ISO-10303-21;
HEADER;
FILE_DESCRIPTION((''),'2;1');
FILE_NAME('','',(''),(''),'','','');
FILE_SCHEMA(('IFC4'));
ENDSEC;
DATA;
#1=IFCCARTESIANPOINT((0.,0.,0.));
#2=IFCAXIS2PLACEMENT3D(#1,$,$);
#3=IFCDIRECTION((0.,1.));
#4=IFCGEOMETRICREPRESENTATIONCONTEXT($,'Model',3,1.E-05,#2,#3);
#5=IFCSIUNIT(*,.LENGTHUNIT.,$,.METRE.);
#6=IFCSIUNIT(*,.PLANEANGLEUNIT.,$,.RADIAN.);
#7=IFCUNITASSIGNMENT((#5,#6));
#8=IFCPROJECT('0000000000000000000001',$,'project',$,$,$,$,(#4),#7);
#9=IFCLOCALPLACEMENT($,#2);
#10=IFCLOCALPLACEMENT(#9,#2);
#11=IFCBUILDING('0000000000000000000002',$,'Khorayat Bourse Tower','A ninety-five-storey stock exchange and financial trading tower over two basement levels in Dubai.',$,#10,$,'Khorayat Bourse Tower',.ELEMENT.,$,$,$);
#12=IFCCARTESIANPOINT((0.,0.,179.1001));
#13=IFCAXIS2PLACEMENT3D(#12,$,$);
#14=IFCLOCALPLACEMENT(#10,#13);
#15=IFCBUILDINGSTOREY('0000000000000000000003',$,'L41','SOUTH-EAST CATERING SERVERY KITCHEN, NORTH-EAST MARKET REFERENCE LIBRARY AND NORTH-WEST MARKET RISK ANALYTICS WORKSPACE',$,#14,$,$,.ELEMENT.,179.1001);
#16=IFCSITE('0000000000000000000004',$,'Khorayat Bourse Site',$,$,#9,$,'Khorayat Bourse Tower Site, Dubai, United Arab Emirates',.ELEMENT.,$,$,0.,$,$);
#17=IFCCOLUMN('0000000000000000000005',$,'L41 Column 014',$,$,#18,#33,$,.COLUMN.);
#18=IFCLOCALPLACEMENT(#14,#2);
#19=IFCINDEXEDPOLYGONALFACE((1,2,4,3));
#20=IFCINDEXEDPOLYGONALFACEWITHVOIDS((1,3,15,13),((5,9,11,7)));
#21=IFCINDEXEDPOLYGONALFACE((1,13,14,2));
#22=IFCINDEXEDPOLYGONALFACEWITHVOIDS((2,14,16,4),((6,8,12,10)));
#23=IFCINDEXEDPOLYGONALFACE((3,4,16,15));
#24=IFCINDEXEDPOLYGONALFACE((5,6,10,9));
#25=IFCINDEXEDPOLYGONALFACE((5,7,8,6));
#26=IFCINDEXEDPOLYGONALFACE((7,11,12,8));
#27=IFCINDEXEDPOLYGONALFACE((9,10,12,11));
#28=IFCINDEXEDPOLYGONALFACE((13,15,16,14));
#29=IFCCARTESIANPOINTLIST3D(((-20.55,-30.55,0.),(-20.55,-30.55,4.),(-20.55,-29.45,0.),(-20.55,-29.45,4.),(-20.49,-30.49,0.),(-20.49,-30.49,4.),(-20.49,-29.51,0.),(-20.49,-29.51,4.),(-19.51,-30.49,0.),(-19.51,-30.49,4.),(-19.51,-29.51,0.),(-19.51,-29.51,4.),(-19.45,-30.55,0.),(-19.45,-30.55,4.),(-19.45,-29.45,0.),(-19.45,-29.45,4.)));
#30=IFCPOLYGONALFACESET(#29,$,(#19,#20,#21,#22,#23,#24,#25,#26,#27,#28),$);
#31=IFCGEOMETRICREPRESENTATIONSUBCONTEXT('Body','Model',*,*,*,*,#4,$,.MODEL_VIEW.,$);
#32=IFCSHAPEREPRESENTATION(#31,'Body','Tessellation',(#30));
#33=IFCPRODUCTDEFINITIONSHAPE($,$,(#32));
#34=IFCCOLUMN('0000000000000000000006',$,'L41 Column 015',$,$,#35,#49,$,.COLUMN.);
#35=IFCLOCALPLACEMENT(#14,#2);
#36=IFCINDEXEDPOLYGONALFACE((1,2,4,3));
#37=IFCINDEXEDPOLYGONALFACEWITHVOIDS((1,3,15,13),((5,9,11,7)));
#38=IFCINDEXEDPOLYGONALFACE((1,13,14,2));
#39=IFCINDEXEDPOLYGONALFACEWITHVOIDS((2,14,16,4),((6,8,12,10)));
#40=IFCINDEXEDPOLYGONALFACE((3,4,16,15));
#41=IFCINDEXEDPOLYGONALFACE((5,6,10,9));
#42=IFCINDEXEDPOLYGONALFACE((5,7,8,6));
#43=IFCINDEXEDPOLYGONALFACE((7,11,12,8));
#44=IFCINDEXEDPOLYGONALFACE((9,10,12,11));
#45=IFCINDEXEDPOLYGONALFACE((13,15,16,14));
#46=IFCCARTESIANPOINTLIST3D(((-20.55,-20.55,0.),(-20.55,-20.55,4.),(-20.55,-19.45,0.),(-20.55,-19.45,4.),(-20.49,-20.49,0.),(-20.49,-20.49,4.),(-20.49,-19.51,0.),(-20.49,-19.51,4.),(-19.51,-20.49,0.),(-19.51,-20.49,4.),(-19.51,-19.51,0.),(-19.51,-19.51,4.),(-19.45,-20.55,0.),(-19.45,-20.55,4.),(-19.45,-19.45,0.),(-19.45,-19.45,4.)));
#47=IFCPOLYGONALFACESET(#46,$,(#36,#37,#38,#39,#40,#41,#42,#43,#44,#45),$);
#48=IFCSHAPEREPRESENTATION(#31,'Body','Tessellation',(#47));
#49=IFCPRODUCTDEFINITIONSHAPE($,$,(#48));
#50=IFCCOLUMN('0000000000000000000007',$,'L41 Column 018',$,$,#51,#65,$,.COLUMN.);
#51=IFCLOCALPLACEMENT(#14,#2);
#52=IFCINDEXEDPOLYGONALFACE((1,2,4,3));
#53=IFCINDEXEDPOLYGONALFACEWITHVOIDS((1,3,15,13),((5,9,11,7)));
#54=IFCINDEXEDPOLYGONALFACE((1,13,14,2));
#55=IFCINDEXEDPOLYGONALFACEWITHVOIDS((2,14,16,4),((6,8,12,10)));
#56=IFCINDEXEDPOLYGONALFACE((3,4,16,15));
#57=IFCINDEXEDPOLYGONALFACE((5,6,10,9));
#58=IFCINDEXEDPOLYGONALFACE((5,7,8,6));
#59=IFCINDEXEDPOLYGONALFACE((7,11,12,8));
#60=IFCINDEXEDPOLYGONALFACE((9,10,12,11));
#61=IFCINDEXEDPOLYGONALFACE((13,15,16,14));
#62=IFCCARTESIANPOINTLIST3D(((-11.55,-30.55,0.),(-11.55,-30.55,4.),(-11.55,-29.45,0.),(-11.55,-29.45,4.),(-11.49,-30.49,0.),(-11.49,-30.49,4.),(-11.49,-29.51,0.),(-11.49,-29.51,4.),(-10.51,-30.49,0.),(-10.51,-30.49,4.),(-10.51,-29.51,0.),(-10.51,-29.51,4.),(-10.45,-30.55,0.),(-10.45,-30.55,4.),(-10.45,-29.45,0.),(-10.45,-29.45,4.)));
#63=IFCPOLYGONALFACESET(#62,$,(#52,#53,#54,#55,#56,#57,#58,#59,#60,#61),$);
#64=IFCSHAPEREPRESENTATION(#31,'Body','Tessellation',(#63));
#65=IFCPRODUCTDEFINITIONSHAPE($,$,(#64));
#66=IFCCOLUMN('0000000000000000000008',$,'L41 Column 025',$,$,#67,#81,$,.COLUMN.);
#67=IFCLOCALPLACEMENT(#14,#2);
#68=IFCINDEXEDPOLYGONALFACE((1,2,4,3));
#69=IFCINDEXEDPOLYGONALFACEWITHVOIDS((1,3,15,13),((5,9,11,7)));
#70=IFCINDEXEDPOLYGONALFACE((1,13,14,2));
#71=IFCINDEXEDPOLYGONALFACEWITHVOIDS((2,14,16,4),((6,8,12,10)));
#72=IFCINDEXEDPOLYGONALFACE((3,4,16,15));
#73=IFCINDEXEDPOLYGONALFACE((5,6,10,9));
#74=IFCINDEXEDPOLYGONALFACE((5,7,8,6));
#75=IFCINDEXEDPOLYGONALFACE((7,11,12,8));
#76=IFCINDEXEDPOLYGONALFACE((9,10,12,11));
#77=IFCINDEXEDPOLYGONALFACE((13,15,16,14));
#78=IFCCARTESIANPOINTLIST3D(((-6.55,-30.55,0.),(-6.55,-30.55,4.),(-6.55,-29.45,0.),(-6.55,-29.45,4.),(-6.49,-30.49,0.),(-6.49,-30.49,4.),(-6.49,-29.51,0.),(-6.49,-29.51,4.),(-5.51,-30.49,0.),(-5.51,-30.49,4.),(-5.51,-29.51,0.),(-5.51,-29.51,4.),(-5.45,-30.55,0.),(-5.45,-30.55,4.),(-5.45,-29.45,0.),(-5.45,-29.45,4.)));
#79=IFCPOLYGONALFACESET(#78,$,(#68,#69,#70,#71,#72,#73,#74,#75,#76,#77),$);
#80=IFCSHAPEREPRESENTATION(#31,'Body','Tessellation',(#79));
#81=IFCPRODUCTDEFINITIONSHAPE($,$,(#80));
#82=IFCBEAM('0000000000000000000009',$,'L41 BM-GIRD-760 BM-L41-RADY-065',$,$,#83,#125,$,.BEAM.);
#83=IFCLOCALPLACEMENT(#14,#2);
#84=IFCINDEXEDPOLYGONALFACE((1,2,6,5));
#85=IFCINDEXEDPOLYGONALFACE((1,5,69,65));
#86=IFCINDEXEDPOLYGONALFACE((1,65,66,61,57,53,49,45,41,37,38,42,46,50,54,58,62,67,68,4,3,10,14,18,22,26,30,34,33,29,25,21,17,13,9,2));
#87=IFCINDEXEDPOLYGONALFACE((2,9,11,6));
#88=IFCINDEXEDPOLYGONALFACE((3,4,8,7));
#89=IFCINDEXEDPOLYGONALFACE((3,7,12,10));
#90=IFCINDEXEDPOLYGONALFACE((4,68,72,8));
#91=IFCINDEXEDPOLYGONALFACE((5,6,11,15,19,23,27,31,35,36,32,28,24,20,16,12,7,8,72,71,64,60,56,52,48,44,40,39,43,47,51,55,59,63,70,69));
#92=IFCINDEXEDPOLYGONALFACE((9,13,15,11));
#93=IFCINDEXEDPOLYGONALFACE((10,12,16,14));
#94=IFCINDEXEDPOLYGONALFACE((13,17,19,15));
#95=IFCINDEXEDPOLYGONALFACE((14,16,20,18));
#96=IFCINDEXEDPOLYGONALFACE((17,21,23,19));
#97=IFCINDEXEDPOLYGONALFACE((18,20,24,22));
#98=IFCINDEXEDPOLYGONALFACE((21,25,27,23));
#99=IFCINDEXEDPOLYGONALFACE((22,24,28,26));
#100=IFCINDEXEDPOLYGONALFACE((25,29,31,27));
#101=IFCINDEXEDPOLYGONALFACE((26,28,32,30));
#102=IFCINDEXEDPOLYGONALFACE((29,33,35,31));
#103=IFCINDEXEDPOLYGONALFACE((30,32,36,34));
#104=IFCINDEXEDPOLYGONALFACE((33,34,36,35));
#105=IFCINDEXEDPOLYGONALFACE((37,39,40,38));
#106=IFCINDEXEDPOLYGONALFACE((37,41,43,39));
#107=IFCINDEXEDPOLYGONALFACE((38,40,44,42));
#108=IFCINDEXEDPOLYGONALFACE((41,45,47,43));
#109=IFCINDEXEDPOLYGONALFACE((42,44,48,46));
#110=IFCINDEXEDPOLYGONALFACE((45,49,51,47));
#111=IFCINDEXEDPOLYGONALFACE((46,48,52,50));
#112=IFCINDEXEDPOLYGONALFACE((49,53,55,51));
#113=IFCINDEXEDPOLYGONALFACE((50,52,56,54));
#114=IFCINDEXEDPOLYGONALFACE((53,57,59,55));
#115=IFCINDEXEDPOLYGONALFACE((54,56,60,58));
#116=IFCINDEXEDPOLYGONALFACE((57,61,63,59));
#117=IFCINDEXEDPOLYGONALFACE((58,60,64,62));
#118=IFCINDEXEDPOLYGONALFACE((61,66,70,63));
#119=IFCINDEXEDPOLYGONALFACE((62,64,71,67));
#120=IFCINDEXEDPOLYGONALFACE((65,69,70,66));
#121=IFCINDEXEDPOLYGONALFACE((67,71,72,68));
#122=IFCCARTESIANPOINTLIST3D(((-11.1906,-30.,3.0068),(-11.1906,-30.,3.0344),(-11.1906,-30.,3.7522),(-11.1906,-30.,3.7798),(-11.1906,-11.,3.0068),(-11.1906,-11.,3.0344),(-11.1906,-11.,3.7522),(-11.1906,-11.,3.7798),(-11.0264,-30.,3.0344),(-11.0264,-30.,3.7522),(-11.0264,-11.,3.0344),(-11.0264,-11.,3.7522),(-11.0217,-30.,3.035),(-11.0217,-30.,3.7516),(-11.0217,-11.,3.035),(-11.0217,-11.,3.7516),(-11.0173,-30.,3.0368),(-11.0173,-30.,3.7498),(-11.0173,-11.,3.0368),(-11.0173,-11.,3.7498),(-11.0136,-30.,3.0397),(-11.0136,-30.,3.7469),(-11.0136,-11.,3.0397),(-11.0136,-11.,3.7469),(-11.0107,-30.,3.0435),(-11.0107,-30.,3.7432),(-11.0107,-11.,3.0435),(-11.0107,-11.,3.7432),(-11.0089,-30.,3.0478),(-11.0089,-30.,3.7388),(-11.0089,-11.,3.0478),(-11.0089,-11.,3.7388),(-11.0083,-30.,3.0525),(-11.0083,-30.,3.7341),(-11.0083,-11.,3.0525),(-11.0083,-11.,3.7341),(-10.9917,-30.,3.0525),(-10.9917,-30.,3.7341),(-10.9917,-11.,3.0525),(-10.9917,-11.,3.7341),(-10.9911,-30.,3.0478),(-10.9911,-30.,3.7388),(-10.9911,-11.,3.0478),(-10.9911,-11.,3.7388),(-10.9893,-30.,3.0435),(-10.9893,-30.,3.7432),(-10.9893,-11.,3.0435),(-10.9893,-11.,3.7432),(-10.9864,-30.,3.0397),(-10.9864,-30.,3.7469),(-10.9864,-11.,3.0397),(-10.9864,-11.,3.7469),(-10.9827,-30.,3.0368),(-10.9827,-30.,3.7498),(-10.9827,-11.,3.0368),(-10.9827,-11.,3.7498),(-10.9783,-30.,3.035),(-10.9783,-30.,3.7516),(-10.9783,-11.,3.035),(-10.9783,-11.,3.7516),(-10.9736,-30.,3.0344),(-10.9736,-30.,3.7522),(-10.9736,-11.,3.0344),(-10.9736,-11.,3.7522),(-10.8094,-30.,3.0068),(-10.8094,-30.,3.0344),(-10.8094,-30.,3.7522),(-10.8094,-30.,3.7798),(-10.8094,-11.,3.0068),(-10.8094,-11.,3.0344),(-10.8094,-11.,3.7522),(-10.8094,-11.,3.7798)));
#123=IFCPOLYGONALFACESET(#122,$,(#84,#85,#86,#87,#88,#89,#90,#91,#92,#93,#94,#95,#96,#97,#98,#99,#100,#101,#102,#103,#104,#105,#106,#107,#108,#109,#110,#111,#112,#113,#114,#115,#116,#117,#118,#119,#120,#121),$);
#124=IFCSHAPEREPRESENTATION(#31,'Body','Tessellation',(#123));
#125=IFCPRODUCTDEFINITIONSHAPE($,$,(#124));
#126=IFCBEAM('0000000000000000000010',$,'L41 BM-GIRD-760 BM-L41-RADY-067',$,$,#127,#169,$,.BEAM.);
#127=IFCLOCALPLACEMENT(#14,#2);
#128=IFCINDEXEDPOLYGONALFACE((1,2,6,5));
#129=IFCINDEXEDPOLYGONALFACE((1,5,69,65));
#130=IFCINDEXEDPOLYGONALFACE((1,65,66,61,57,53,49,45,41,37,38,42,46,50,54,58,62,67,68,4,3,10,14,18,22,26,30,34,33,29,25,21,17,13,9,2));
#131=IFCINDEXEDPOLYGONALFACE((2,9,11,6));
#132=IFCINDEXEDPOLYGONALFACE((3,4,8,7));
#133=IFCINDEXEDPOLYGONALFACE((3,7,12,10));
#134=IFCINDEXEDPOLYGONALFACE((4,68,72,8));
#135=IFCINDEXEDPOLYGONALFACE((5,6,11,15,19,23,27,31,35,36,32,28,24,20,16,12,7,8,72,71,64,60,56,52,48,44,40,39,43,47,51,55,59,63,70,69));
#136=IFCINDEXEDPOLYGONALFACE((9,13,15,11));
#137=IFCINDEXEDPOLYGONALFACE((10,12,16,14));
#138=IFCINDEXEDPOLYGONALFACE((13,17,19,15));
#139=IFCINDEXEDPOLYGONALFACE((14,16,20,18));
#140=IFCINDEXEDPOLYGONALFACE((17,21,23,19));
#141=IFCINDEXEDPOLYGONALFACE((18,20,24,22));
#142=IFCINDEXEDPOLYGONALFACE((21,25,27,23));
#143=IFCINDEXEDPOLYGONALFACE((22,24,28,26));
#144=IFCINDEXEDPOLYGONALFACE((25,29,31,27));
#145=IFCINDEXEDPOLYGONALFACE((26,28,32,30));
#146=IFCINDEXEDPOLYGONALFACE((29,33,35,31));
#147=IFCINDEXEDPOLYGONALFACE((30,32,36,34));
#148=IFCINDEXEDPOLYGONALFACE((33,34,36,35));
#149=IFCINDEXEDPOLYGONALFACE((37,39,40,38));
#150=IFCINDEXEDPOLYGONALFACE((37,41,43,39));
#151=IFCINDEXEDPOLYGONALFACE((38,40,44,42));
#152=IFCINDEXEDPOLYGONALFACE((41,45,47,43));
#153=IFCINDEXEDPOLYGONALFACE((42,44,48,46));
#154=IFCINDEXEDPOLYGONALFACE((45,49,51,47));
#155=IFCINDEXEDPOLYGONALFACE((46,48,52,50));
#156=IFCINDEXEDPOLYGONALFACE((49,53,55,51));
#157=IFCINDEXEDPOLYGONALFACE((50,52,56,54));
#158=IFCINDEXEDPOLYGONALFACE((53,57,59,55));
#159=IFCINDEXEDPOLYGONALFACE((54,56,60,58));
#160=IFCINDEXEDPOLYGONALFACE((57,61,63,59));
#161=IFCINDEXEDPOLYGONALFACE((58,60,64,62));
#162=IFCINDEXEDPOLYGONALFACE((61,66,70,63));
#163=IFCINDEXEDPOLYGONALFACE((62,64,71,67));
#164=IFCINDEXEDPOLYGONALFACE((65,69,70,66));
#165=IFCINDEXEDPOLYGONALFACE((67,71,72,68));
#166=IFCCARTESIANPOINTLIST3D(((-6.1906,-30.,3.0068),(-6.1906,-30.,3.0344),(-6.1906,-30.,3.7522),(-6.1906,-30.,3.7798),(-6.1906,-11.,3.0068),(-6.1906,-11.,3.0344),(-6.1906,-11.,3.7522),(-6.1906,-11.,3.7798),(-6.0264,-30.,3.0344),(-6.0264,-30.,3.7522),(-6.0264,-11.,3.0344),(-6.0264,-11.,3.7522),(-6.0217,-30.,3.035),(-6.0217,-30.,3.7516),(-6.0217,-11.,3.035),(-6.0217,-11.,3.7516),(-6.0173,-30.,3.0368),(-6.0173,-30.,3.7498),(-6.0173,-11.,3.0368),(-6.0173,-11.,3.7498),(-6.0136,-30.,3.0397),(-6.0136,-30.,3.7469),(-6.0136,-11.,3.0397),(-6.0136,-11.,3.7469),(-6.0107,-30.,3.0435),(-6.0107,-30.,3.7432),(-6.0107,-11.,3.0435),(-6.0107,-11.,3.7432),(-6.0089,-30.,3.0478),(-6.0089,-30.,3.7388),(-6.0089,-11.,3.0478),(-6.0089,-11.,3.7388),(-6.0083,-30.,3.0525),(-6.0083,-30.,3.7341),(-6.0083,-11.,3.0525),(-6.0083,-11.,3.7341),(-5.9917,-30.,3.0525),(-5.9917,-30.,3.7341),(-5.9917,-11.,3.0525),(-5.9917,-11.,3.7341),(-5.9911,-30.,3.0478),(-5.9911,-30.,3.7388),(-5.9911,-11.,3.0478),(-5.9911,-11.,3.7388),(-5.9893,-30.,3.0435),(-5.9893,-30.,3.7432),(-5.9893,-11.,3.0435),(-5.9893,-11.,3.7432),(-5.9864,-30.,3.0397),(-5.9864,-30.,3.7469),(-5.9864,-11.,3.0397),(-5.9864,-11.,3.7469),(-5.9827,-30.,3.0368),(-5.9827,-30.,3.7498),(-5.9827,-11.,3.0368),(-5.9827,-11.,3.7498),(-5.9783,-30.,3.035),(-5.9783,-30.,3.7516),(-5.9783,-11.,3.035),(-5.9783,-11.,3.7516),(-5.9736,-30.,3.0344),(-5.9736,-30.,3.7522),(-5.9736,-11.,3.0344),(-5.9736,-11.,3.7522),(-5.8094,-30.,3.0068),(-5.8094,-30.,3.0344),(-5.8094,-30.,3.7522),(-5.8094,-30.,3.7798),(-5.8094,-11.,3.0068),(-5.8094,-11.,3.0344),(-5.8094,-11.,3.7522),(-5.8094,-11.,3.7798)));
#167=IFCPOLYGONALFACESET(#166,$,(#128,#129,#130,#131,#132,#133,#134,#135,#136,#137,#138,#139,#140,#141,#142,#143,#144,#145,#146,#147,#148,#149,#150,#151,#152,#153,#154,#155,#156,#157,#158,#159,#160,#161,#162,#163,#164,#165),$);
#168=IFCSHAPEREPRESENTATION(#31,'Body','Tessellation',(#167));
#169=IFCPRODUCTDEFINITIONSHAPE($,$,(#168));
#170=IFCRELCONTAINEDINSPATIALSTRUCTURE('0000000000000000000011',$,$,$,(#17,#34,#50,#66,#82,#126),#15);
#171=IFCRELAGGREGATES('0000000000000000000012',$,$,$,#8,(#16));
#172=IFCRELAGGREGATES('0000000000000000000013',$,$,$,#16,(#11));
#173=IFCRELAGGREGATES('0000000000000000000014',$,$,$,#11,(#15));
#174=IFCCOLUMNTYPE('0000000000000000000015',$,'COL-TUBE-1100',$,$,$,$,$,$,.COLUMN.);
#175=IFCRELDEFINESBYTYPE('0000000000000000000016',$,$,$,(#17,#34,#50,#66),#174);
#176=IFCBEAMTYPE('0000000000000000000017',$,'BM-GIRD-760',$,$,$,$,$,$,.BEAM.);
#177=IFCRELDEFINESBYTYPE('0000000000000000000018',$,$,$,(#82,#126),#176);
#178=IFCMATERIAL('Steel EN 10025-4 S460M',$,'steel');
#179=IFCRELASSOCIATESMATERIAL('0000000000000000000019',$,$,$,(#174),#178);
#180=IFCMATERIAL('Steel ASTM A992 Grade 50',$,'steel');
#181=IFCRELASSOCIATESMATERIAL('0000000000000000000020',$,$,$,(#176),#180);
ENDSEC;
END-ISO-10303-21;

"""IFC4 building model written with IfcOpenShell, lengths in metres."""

from ifc_helpers import new_model, si_unit, direction, frame, origin, origin_2d, place, context, subcontext, project, spatial, hollow_rectangle, i_section, extrude, source, transform, mapped, material, material_profile, profile_set, type_object, element, save


model = new_model("IFC4")

# Units and contexts
model_context = context("Model", 3, precision=1e-05, world=origin(), true_north=direction((0.0, 1.0)))
body_context = subcontext(model_context, "Body", "Model", "MODEL_VIEW")
ifc_project = project(units=[si_unit("LENGTHUNIT", "METRE"), si_unit("PLANEANGLEUNIT", "RADIAN")], contexts=[model_context])

# Site, building, storey
site_placement = place(None, origin())
site = spatial("IfcSite", under=ifc_project, at=site_placement, Name="Khorayat Bourse Site", LongName="Khorayat Bourse Tower Site, Dubai, United Arab Emirates", CompositionType="ELEMENT", RefElevation=0.0)
building_placement = place(site_placement, origin())
building = spatial("IfcBuilding", under=site, at=building_placement, Name="Khorayat Bourse Tower", Description="A ninety-five-storey stock exchange and financial trading tower over two basement levels in Dubai.", LongName="Khorayat Bourse Tower", CompositionType="ELEMENT")
storey_placement = place(building_placement, frame((0.0, 0.0, 179.1001)))
storey = spatial("IfcBuildingStorey", under=building, at=storey_placement, Name="L41", Description="SOUTH-EAST CATERING SERVERY KITCHEN, NORTH-EAST MARKET REFERENCE LIBRARY AND NORTH-WEST MARKET RISK ANALYTICS WORKSPACE", CompositionType="ELEMENT", Elevation=179.1001)

# Columns
ifc_material_1 = material(Name="Steel EN 10025-4 S460M", Category="steel")
ifc_material_profile_1 = material_profile(ifc_material_1, hollow_rectangle(XDim=1.1001, YDim=1.1001, WallThickness=0.0601, at=origin_2d()), Name="BOX 1100x1100x60")
ifc_profile_set_1 = profile_set([ifc_material_profile_1], Name="Steel EN 10025-4 S460M")
column_type = type_object("IfcColumnType", Name="COL-TUBE-1100", PredefinedType="COLUMN", material=ifc_profile_set_1)
shared_shape_1 = source(origin(), body_context, "Body", "SweptSolid", [
    extrude(hollow_rectangle(XDim=1.1001, YDim=1.1001, WallThickness=0.0601, at=origin_2d()), origin(), (0.0, 0.0, 1.0), 4.0),
])
for number, where, z_axis, x_axis, name in (
    (1, (-20.0, -30.0, 0.0), (0.0, 0.0, 1.0), (1.0, 0.0, 0.0), "L41 Column 014"),
    (2, (-20.0, -20.0, 0.0), (0.0, 0.0, 1.0), (1.0, 0.0, 0.0), "L41 Column 015"),
    (3, (-11.0, -30.0, 0.0), (0.0, 0.0, 1.0), (1.0, 0.0, 0.0), "L41 Column 018"),
    (4, (-6.0, -30.0, 0.0), (0.0, 0.0, 1.0), (1.0, 0.0, 0.0), "L41 Column 025"),
):
    element("IfcColumn", number, at=place(storey_placement, frame(where, z_axis=z_axis, x_axis=x_axis)), inside=storey, type_object=column_type, Name=name, PredefinedType="COLUMN", context=body_context, shape_type="MappedRepresentation", body=[
        mapped(shared_shape_1, transform((0.0, 0.0, 0.0), scale=1.0)),
    ])

# Beams
ifc_material_2 = material(Name="Steel ASTM A992 Grade 50", Category="steel")
ifc_material_profile_2 = material_profile(ifc_material_2, i_section(OverallWidth=0.3811, OverallDepth=0.7729, WebThickness=0.0166, FlangeThickness=0.0276, FilletRadius=0.0181, at=origin_2d()), Name="W760X257")
ifc_profile_set_2 = profile_set([ifc_material_profile_2], Name="Steel ASTM A992 Grade 50")
beam_type_1 = type_object("IfcBeamType", Name="BM-GIRD-760", PredefinedType="BEAM", material=ifc_profile_set_2)
shared_shape_2 = source(origin(), body_context, "Body", "SweptSolid", [
    extrude(i_section(OverallWidth=0.3811, OverallDepth=0.7729, WebThickness=0.0166, FlangeThickness=0.0276, FilletRadius=0.0181, at=origin_2d()), origin(), (0.0, 0.0, 1.0), 19.0),
])
for number, where, z_axis, x_axis, name in (
    (5, (-11.0, -30.0, 3.3933), (0.0, 1.0, 0.0), (-1.0, 0.0, 0.0), "L41 BM-GIRD-760 BM-L41-RADY-065"),
    (6, (-6.0, -30.0, 3.3933), (0.0, 1.0, 0.0), (-1.0, 0.0, 0.0), "L41 BM-GIRD-760 BM-L41-RADY-067"),
):
    element("IfcBeam", number, at=place(storey_placement, frame(where, z_axis=z_axis, x_axis=x_axis)), inside=storey, type_object=beam_type_1, Name=name, PredefinedType="BEAM", context=body_context, shape_type="MappedRepresentation", body=[
        mapped(shared_shape_2, transform((0.0, 0.0, 0.0), scale=1.0)),
    ])

save(model, "model.ifc")
